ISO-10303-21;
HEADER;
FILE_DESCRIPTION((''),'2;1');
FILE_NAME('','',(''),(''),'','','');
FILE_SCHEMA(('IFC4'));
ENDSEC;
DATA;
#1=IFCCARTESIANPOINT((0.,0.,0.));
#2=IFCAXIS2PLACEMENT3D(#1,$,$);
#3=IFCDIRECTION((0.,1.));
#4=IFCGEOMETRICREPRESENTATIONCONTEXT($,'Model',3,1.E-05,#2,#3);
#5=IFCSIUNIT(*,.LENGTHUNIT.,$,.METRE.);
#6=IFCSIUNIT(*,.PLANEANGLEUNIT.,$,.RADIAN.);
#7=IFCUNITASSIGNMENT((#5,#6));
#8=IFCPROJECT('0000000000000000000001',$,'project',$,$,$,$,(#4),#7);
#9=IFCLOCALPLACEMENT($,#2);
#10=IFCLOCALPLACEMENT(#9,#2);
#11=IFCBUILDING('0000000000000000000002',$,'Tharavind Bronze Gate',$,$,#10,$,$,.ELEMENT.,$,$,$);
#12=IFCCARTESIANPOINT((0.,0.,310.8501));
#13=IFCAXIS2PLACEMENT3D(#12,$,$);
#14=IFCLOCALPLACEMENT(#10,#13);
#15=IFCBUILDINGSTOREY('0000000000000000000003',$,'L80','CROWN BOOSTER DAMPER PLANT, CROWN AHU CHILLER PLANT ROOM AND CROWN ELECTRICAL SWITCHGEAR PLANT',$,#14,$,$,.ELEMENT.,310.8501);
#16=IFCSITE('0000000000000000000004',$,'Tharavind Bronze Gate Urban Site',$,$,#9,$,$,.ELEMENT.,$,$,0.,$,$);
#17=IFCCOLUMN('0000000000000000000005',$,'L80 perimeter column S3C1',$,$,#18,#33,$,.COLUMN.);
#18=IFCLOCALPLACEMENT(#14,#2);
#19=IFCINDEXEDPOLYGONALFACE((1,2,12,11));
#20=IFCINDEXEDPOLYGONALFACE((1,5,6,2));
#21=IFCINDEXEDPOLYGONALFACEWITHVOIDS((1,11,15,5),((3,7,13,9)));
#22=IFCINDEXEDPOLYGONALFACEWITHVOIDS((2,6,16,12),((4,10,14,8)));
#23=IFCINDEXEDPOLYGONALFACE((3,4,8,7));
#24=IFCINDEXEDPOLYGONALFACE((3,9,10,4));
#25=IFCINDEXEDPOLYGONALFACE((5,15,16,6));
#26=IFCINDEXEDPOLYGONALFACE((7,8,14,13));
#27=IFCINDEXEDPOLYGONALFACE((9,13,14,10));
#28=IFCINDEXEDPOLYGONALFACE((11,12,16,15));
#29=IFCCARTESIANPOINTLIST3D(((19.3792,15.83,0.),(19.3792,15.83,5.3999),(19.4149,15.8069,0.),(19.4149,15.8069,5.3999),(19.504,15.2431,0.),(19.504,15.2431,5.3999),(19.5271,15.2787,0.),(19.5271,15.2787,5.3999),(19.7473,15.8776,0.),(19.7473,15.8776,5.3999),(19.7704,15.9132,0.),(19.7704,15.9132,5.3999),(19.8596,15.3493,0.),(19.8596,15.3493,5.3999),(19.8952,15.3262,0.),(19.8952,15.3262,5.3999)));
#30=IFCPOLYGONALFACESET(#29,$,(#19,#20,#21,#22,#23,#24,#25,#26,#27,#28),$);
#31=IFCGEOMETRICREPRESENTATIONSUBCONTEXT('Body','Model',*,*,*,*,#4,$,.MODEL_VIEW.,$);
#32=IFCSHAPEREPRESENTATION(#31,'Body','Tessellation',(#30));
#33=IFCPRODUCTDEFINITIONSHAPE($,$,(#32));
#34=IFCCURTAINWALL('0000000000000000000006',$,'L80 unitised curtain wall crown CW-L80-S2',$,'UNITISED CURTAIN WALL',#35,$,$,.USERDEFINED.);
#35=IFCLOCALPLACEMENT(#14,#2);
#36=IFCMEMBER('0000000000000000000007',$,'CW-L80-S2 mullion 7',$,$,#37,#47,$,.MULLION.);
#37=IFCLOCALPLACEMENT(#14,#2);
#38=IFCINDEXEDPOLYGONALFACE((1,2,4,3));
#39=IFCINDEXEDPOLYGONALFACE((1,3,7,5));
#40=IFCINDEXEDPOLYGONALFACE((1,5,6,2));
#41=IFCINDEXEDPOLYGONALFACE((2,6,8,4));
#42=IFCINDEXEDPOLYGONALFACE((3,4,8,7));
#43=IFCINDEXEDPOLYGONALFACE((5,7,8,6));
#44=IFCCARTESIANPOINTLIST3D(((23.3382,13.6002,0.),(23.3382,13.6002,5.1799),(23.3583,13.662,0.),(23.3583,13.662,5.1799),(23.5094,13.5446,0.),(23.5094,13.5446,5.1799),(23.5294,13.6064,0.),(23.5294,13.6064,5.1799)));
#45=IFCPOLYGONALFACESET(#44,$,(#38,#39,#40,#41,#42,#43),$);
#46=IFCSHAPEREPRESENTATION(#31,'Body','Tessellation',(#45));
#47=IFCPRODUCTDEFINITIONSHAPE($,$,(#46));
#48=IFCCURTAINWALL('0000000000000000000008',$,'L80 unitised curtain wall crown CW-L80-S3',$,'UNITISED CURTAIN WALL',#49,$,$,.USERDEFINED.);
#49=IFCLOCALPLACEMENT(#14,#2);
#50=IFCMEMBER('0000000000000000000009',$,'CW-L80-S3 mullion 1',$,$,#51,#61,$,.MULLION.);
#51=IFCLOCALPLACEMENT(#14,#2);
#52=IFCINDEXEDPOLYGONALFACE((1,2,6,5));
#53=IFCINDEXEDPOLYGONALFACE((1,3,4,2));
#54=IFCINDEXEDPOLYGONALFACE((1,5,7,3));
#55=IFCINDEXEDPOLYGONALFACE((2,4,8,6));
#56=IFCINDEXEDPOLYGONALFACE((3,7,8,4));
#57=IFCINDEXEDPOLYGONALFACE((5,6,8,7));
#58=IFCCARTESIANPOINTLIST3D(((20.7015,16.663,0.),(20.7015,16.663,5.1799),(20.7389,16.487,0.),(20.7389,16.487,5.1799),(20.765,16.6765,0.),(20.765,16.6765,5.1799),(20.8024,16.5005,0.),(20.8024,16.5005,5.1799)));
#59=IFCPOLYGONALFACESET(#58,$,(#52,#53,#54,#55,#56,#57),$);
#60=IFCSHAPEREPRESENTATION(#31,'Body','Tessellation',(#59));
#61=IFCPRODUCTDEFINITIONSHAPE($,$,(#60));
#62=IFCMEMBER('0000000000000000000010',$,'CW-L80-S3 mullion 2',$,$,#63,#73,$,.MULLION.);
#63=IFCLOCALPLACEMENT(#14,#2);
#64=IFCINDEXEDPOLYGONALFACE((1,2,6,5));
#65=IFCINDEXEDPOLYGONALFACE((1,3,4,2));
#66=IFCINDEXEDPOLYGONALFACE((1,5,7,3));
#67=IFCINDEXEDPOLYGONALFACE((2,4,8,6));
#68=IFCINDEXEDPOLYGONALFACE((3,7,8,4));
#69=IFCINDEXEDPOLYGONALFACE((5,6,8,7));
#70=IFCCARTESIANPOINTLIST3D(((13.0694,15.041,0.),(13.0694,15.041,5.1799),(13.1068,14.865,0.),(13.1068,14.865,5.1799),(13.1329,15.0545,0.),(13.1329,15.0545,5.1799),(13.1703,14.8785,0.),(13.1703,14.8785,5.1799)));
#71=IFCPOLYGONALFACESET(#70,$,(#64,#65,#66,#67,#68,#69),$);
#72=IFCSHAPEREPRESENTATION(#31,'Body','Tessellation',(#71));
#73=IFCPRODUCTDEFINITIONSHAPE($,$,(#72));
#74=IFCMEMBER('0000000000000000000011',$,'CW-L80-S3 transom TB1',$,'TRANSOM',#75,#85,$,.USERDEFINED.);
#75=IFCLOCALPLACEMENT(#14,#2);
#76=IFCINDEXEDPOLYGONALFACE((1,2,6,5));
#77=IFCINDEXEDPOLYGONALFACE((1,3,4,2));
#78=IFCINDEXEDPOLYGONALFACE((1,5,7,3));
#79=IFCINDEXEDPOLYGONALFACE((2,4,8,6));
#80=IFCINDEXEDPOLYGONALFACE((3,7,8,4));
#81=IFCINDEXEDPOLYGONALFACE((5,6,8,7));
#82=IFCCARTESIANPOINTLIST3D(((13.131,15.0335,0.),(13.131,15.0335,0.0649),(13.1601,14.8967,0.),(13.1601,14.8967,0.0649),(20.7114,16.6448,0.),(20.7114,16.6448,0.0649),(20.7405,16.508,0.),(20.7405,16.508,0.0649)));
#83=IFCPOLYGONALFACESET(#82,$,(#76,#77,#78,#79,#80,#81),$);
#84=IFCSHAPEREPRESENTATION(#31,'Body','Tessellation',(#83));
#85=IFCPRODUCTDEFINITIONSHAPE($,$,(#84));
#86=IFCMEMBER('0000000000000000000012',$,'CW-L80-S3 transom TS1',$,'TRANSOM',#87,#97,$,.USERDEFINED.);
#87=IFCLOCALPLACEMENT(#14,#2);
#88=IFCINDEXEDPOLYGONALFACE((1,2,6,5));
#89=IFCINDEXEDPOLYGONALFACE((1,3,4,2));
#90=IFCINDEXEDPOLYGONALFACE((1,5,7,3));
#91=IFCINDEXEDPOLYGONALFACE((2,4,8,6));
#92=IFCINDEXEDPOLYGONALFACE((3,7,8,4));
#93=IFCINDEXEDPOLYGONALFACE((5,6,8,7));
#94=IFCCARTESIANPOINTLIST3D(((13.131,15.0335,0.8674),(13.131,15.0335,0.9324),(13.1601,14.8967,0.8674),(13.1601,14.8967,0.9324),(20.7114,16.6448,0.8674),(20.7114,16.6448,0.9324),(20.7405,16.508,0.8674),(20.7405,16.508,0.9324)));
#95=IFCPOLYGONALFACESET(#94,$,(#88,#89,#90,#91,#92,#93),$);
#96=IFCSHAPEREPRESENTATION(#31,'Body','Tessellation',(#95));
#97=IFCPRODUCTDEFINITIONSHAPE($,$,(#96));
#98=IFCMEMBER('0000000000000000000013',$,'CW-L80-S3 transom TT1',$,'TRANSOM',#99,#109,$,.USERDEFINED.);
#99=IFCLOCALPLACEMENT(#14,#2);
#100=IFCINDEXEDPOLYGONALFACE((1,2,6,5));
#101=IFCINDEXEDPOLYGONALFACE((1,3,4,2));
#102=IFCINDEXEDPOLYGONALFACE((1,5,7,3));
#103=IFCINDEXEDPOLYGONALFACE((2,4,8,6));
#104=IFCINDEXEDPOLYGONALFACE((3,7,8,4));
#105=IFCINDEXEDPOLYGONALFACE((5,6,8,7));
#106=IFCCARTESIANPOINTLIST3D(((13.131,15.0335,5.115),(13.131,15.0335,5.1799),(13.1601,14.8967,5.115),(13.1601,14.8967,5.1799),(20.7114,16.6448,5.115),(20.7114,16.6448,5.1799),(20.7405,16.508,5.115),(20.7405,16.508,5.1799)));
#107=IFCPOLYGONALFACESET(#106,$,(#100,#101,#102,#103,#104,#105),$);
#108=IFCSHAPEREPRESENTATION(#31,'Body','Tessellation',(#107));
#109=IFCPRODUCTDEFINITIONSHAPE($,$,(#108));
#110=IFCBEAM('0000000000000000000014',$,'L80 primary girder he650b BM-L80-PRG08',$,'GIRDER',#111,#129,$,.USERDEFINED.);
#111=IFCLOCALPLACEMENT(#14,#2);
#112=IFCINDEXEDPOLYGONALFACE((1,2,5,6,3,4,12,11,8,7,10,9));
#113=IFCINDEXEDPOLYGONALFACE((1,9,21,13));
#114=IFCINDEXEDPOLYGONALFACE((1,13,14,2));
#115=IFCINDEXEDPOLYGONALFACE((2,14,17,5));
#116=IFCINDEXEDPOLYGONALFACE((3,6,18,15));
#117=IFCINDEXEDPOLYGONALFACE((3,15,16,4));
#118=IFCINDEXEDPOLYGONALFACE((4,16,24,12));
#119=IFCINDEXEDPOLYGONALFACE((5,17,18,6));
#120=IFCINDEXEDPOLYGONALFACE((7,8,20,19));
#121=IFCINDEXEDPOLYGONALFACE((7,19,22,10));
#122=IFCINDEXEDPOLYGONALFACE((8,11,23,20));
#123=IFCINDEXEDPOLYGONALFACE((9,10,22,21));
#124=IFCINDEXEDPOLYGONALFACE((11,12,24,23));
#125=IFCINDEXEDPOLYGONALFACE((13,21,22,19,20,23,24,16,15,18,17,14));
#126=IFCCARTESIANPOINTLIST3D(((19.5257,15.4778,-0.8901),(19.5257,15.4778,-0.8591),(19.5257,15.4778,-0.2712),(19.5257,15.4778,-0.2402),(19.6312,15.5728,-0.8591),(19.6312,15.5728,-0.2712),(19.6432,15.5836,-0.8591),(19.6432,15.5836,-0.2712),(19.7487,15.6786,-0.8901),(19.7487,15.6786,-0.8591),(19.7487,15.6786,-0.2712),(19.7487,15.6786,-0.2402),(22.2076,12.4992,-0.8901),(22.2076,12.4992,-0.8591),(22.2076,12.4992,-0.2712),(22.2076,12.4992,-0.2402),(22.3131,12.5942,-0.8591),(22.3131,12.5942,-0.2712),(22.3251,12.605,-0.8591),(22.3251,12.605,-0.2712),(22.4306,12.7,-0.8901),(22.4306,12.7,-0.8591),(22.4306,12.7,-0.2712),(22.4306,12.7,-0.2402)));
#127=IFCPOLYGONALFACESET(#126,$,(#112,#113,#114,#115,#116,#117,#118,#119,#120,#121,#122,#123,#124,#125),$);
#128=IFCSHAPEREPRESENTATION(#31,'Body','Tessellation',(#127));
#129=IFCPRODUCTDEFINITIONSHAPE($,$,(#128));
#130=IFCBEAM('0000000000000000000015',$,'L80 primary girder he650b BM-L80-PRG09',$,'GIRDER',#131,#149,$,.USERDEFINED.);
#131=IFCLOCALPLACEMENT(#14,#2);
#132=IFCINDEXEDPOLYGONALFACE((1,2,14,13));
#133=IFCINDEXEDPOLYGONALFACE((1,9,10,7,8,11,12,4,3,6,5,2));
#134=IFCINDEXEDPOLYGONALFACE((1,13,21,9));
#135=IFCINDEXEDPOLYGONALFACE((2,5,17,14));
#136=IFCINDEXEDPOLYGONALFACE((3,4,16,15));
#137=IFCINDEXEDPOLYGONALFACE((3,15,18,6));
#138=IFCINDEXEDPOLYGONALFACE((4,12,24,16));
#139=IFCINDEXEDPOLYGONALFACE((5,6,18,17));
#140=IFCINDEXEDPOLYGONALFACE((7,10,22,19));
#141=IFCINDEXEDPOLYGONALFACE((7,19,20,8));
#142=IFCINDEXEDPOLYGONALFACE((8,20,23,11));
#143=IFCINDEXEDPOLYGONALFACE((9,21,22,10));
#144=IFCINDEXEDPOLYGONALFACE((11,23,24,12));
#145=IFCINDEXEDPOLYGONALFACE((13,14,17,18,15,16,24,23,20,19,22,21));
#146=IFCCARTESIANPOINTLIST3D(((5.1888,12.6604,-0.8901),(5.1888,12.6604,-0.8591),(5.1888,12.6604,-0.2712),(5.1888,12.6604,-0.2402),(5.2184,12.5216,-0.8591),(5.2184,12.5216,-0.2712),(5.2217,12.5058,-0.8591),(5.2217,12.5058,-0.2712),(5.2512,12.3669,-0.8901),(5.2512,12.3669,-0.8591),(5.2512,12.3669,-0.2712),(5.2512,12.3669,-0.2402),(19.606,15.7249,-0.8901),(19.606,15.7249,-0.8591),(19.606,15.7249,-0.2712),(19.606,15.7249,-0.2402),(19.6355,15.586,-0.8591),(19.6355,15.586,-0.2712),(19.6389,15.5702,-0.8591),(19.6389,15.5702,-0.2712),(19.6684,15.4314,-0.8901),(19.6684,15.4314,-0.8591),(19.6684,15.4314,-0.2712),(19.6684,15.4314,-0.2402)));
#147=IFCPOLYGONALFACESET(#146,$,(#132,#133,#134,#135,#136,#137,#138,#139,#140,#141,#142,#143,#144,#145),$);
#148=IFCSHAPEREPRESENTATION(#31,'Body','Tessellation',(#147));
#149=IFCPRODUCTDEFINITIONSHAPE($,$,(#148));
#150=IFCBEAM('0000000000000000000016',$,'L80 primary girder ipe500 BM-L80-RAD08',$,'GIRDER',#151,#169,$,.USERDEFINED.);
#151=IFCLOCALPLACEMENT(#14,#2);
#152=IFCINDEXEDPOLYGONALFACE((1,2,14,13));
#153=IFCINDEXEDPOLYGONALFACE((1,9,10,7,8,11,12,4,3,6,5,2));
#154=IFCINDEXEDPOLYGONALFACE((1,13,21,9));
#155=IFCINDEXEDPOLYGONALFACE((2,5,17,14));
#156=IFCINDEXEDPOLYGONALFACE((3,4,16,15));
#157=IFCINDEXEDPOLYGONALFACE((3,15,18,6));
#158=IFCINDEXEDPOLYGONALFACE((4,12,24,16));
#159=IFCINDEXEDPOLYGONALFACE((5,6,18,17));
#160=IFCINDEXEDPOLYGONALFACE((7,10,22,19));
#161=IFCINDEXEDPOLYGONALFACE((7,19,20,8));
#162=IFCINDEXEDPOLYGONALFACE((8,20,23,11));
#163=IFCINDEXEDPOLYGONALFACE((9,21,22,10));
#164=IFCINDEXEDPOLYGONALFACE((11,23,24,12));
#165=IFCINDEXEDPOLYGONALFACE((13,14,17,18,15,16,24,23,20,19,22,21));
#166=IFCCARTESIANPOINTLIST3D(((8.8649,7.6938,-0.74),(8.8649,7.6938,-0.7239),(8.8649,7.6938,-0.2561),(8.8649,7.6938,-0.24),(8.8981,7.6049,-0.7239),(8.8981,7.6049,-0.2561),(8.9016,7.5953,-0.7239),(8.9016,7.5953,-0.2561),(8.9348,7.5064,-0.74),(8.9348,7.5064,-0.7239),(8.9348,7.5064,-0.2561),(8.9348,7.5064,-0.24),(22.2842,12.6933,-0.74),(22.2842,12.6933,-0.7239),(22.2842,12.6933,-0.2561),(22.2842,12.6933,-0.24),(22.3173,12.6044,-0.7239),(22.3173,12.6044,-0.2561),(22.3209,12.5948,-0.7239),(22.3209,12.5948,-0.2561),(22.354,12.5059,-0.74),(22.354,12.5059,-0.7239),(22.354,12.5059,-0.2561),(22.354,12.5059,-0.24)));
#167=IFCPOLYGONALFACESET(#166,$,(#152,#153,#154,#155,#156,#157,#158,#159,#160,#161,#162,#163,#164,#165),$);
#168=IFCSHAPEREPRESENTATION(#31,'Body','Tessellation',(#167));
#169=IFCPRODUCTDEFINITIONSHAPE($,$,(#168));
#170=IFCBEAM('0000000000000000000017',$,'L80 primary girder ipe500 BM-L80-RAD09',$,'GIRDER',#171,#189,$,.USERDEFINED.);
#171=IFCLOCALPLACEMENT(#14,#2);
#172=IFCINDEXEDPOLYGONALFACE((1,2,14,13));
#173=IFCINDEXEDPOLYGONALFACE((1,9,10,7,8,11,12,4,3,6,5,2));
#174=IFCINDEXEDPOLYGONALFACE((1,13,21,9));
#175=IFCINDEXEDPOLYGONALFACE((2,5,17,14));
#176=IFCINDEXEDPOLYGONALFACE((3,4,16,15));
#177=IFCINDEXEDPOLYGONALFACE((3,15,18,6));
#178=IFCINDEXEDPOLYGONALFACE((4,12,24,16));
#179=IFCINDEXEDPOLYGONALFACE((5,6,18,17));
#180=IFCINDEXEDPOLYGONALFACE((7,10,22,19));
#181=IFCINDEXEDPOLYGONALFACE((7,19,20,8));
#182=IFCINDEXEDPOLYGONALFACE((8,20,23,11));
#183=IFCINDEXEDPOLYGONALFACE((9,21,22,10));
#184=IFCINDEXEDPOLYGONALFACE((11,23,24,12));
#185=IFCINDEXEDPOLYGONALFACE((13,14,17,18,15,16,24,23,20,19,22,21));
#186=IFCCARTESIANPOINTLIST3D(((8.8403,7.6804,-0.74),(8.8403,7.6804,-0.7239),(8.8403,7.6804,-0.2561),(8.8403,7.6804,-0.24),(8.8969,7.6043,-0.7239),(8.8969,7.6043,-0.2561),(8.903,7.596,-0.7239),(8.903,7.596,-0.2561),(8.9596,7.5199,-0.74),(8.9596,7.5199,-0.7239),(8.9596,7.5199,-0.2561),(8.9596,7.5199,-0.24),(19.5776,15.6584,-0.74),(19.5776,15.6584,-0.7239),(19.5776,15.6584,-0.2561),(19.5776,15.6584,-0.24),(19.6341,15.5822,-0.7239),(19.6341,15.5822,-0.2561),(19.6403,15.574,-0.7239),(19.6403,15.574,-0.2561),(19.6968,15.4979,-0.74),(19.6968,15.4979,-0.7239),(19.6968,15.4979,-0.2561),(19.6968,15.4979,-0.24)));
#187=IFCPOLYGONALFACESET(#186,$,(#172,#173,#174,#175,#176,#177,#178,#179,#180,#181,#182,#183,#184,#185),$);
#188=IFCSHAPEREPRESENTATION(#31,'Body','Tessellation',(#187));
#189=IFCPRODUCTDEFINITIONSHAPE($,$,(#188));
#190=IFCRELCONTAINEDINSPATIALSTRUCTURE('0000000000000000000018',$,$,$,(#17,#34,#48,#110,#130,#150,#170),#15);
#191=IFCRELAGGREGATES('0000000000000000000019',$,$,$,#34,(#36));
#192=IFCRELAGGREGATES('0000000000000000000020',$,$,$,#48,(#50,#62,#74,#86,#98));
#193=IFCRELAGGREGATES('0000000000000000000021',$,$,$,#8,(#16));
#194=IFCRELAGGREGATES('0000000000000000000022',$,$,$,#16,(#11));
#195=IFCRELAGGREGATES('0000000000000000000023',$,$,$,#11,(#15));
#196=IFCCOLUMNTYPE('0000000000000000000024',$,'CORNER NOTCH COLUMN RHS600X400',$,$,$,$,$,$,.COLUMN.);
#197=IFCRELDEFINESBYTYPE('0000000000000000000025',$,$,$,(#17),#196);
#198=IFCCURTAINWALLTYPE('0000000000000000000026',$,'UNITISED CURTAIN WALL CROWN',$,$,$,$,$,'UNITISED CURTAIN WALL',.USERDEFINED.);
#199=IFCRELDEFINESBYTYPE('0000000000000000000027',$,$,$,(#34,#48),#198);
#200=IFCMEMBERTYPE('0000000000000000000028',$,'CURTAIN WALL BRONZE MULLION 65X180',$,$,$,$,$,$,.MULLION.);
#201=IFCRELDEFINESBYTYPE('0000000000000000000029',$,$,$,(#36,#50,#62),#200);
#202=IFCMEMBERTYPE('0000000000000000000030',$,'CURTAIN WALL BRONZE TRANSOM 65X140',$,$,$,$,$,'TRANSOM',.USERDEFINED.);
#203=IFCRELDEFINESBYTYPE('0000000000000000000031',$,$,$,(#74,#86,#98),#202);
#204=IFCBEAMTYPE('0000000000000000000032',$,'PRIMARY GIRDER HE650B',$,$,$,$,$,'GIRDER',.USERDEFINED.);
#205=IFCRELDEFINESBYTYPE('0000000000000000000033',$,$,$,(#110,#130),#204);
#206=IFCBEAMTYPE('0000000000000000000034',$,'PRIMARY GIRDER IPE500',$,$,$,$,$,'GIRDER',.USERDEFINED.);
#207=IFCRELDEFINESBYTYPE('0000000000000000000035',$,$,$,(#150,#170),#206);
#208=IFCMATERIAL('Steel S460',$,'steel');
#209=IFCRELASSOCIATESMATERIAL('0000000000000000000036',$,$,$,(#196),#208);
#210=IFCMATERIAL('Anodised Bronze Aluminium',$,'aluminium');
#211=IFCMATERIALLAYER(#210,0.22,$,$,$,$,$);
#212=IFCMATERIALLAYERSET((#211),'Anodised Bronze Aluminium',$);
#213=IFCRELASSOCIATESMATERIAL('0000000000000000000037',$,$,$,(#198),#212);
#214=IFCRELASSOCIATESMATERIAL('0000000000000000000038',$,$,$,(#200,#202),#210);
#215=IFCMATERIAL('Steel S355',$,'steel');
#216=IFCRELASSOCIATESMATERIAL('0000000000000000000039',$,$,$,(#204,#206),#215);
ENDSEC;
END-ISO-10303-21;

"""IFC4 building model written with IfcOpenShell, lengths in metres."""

from ifc_helpers import new_model, si_unit, direction, frame, origin, origin_2d, place, context, subcontext, project, spatial, rectangle, hollow_rectangle, i_section, extrude, material, layer, layer_set, material_profile, profile_set, type_object, element, aggregate, save


model = new_model("IFC4")

# Units and contexts
model_context = context("Model", 3, precision=1e-05, world=origin(), true_north=direction((0.0, 1.0)))
body_context = subcontext(model_context, "Body", "Model", "MODEL_VIEW")
ifc_project = project(units=[si_unit("LENGTHUNIT", "METRE"), si_unit("PLANEANGLEUNIT", "RADIAN")], contexts=[model_context])

# Site, building, storey
site_placement = place(None, origin())
site = spatial("IfcSite", under=ifc_project, at=site_placement, Name="Tharavind Bronze Gate Urban Site", CompositionType="ELEMENT", RefElevation=0.0)
building_placement = place(site_placement, origin())
building = spatial("IfcBuilding", under=site, at=building_placement, Name="Tharavind Bronze Gate", CompositionType="ELEMENT")
storey_placement = place(building_placement, frame((0.0, 0.0, 310.8501)))
storey = spatial("IfcBuildingStorey", under=building, at=storey_placement, Name="L80", Description="CROWN BOOSTER DAMPER PLANT, CROWN AHU CHILLER PLANT ROOM AND CROWN ELECTRICAL SWITCHGEAR PLANT", CompositionType="ELEMENT", Elevation=310.8501)

# Column
ifc_material_1 = material(Name="Steel S460", Category="steel")
ifc_material_profile_1 = material_profile(ifc_material_1, hollow_rectangle(XDim=0.3999, YDim=0.6001, WallThickness=0.03, at=origin_2d()), Name="RHS600X400X30")
ifc_profile_set_1 = profile_set([ifc_material_profile_1], Name="Steel S460")
column_type = type_object("IfcColumnType", Name="CORNER NOTCH COLUMN RHS600X400", PredefinedType="COLUMN", material=ifc_profile_set_1)
column_placement = place(storey_placement, frame((19.6372, 15.5781, 0.0), z_axis=(0.0, 0.0, 1.0), x_axis=(0.978147, 0.207913, 0.0)))
element("IfcColumn", 1, at=column_placement, inside=storey, type_object=column_type, Name="L80 perimeter column S3C1", PredefinedType="COLUMN", context=body_context, shape_type="SweptSolid", body=[
    extrude(hollow_rectangle(XDim=0.3999, YDim=0.6001, WallThickness=0.03, at=origin_2d()), origin(), (0.0, 0.0, 1.0), 5.3999),
])

# Curtain wall, member
ifc_material_2 = material(Name="Anodised Bronze Aluminium", Category="aluminium")
ifc_layer_1 = layer(ifc_material_2, 0.22)
ifc_layer_set_1 = layer_set([ifc_layer_1], Name="Anodised Bronze Aluminium")
curtain_wall_type = type_object("IfcCurtainWallType", Name="UNITISED CURTAIN WALL CROWN", ElementType="UNITISED CURTAIN WALL", PredefinedType="USERDEFINED", material=ifc_layer_set_1)
curtain_wall_1_placement = place(storey_placement, origin())
curtain_wall_1 = element("IfcCurtainWall", 2, at=curtain_wall_1_placement, inside=storey, type_object=curtain_wall_type, Name="L80 unitised curtain wall crown CW-L80-S2", ObjectType="UNITISED CURTAIN WALL", PredefinedType="USERDEFINED")
member_type_1 = type_object("IfcMemberType", Name="CURTAIN WALL BRONZE MULLION 65X180", PredefinedType="MULLION", material=ifc_material_2)
member_1_placement = place(storey_placement, frame((23.4338, 13.6033, 0.0), z_axis=(0.0, 0.0, 1.0), x_axis=(0.309017, 0.951057, 0.0)))
member_1 = element("IfcMember", 3, at=member_1_placement, type_object=member_type_1, Name="CW-L80-S2 mullion 7", PredefinedType="MULLION", context=body_context, shape_type="SweptSolid", body=[
    extrude(rectangle(XDim=0.0649, YDim=0.1799, at=origin_2d()), origin(), (0.0, 0.0, 1.0), 5.1799),
])
aggregate(curtain_wall_1, [member_1])

# Curtain wall, members
curtain_wall_2_placement = place(storey_placement, origin())
curtain_wall_2 = element("IfcCurtainWall", 4, at=curtain_wall_2_placement, inside=storey, type_object=curtain_wall_type, Name="L80 unitised curtain wall crown CW-L80-S3", ObjectType="UNITISED CURTAIN WALL", PredefinedType="USERDEFINED")
member_2_placement = place(storey_placement, frame((20.752, 16.5818, 0.0), z_axis=(0.0, 0.0, 1.0), x_axis=(-0.978147, -0.207913, 0.0)))
member_2 = element("IfcMember", 5, at=member_2_placement, type_object=member_type_1, Name="CW-L80-S3 mullion 1", PredefinedType="MULLION", context=body_context, shape_type="SweptSolid", body=[
    extrude(rectangle(XDim=0.0649, YDim=0.1799, at=origin_2d()), origin(), (0.0, 0.0, 1.0), 5.1799),
])
member_3_placement = place(storey_placement, frame((13.1199, 14.9597, 0.0), z_axis=(0.0, 0.0, 1.0), x_axis=(-0.978147, -0.207913, 0.0)))
member_3 = element("IfcMember", 6, at=member_3_placement, type_object=member_type_1, Name="CW-L80-S3 mullion 2", PredefinedType="MULLION", context=body_context, shape_type="SweptSolid", body=[
    extrude(rectangle(XDim=0.0649, YDim=0.1799, at=origin_2d()), origin(), (0.0, 0.0, 1.0), 5.1799),
])
member_type_2 = type_object("IfcMemberType", Name="CURTAIN WALL BRONZE TRANSOM 65X140", ElementType="TRANSOM", PredefinedType="USERDEFINED", material=ifc_material_2)
member_4_placement = place(storey_placement, frame((16.9358, 15.7708, 0.0), z_axis=(0.0, 0.0, 1.0), x_axis=(-0.978147, -0.207913, 0.0)))
member_4 = element("IfcMember", 7, at=member_4_placement, type_object=member_type_2, Name="CW-L80-S3 transom TB1", ObjectType="TRANSOM", PredefinedType="USERDEFINED", context=body_context, shape_type="SweptSolid", body=[
    extrude(rectangle(XDim=7.7498, YDim=0.1399, at=origin_2d()), origin(), (0.0, 0.0, 1.0), 0.0649),
])
member_5_placement = place(storey_placement, frame((16.9358, 15.7708, 0.8674), z_axis=(0.0, 0.0, 1.0), x_axis=(-0.978147, -0.207913, 0.0)))
member_5 = element("IfcMember", 8, at=member_5_placement, type_object=member_type_2, Name="CW-L80-S3 transom TS1", ObjectType="TRANSOM", PredefinedType="USERDEFINED", context=body_context, shape_type="SweptSolid", body=[
    extrude(rectangle(XDim=7.7498, YDim=0.1399, at=origin_2d()), origin(), (0.0, 0.0, 1.0), 0.0649),
])
member_6_placement = place(storey_placement, frame((16.9358, 15.7708, 5.115), z_axis=(0.0, 0.0, 1.0), x_axis=(-0.978147, -0.207913, 0.0)))
member_6 = element("IfcMember", 9, at=member_6_placement, type_object=member_type_2, Name="CW-L80-S3 transom TT1", ObjectType="TRANSOM", PredefinedType="USERDEFINED", context=body_context, shape_type="SweptSolid", body=[
    extrude(rectangle(XDim=7.7498, YDim=0.1399, at=origin_2d()), origin(), (0.0, 0.0, 1.0), 0.0649),
])

# Beams
ifc_material_3 = material(Name="Steel S355", Category="steel")
ifc_material_profile_2 = material_profile(ifc_material_3, i_section(OverallWidth=0.3, OverallDepth=0.6499, WebThickness=0.0161, FlangeThickness=0.031, at=origin_2d()), Name="HE650B")
ifc_profile_set_2 = profile_set([ifc_material_profile_2], Name="Steel S355")
beam_type_1 = type_object("IfcBeamType", Name="PRIMARY GIRDER HE650B", ElementType="GIRDER", PredefinedType="USERDEFINED", material=ifc_profile_set_2)
beam_1_placement = place(storey_placement, frame((22.3191, 12.5996, -0.5652), z_axis=(-0.669133, 0.743143, 0.0), x_axis=(-0.743143, -0.669133, 0.0)))
element("IfcBeam", 10, at=beam_1_placement, inside=storey, type_object=beam_type_1, Name="L80 primary girder he650b BM-L80-PRG08", ObjectType="GIRDER", PredefinedType="USERDEFINED", context=body_context, shape_type="SweptSolid", body=[
    extrude(i_section(OverallWidth=0.3, OverallDepth=0.6499, WebThickness=0.0161, FlangeThickness=0.031, at=origin_2d()), origin(), (0.0, 0.0, 1.0), 4.0081),
])
beam_2_placement = place(storey_placement, frame((19.6372, 15.5781, -0.5652), z_axis=(-0.978148, -0.20791, 0.0), x_axis=(0.20791, -0.978148, 0.0)))
element("IfcBeam", 11, at=beam_2_placement, inside=storey, type_object=beam_type_1, Name="L80 primary girder he650b BM-L80-PRG09", ObjectType="GIRDER", PredefinedType="USERDEFINED", context=body_context, shape_type="SweptSolid", body=[
    extrude(i_section(OverallWidth=0.3, OverallDepth=0.6499, WebThickness=0.0161, FlangeThickness=0.031, at=origin_2d()), origin(), (0.0, 0.0, 1.0), 14.7393),
])
ifc_material_profile_3 = material_profile(ifc_material_3, i_section(OverallWidth=0.2, OverallDepth=0.5, WebThickness=0.0103, FlangeThickness=0.0161, at=origin_2d()), Name="IPE500")
ifc_profile_set_3 = profile_set([ifc_material_profile_3], Name="Steel S355")
beam_type_2 = type_object("IfcBeamType", Name="PRIMARY GIRDER IPE500", ElementType="GIRDER", PredefinedType="USERDEFINED", material=ifc_profile_set_3)
beam_3_placement = place(storey_placement, frame((22.3191, 12.5996, -0.49), z_axis=(-0.937077, -0.349122, 0.0), x_axis=(0.349122, -0.937077, 0.0)))
element("IfcBeam", 12, at=beam_3_placement, inside=storey, type_object=beam_type_2, Name="L80 primary girder ipe500 BM-L80-RAD08", ObjectType="GIRDER", PredefinedType="USERDEFINED", context=body_context, shape_type="SweptSolid", body=[
    extrude(i_section(OverallWidth=0.2, OverallDepth=0.5, WebThickness=0.0103, FlangeThickness=0.0161, at=origin_2d()), origin(), (0.0, 0.0, 1.0), 14.3203),
])
beam_4_placement = place(storey_placement, frame((19.6372, 15.5781, -0.49), z_axis=(-0.802681, -0.596408, 0.0), x_axis=(0.596408, -0.802681, 0.0)))
element("IfcBeam", 13, at=beam_4_placement, inside=storey, type_object=beam_type_2, Name="L80 primary girder ipe500 BM-L80-RAD09", ObjectType="GIRDER", PredefinedType="USERDEFINED", context=body_context, shape_type="SweptSolid", body=[
    extrude(i_section(OverallWidth=0.2, OverallDepth=0.5, WebThickness=0.0103, FlangeThickness=0.0161, at=origin_2d()), origin(), (0.0, 0.0, 1.0), 13.3767),
])

aggregate(curtain_wall_2, [member_2, member_3, member_4, member_5, member_6])

save(model, "model.ifc")
